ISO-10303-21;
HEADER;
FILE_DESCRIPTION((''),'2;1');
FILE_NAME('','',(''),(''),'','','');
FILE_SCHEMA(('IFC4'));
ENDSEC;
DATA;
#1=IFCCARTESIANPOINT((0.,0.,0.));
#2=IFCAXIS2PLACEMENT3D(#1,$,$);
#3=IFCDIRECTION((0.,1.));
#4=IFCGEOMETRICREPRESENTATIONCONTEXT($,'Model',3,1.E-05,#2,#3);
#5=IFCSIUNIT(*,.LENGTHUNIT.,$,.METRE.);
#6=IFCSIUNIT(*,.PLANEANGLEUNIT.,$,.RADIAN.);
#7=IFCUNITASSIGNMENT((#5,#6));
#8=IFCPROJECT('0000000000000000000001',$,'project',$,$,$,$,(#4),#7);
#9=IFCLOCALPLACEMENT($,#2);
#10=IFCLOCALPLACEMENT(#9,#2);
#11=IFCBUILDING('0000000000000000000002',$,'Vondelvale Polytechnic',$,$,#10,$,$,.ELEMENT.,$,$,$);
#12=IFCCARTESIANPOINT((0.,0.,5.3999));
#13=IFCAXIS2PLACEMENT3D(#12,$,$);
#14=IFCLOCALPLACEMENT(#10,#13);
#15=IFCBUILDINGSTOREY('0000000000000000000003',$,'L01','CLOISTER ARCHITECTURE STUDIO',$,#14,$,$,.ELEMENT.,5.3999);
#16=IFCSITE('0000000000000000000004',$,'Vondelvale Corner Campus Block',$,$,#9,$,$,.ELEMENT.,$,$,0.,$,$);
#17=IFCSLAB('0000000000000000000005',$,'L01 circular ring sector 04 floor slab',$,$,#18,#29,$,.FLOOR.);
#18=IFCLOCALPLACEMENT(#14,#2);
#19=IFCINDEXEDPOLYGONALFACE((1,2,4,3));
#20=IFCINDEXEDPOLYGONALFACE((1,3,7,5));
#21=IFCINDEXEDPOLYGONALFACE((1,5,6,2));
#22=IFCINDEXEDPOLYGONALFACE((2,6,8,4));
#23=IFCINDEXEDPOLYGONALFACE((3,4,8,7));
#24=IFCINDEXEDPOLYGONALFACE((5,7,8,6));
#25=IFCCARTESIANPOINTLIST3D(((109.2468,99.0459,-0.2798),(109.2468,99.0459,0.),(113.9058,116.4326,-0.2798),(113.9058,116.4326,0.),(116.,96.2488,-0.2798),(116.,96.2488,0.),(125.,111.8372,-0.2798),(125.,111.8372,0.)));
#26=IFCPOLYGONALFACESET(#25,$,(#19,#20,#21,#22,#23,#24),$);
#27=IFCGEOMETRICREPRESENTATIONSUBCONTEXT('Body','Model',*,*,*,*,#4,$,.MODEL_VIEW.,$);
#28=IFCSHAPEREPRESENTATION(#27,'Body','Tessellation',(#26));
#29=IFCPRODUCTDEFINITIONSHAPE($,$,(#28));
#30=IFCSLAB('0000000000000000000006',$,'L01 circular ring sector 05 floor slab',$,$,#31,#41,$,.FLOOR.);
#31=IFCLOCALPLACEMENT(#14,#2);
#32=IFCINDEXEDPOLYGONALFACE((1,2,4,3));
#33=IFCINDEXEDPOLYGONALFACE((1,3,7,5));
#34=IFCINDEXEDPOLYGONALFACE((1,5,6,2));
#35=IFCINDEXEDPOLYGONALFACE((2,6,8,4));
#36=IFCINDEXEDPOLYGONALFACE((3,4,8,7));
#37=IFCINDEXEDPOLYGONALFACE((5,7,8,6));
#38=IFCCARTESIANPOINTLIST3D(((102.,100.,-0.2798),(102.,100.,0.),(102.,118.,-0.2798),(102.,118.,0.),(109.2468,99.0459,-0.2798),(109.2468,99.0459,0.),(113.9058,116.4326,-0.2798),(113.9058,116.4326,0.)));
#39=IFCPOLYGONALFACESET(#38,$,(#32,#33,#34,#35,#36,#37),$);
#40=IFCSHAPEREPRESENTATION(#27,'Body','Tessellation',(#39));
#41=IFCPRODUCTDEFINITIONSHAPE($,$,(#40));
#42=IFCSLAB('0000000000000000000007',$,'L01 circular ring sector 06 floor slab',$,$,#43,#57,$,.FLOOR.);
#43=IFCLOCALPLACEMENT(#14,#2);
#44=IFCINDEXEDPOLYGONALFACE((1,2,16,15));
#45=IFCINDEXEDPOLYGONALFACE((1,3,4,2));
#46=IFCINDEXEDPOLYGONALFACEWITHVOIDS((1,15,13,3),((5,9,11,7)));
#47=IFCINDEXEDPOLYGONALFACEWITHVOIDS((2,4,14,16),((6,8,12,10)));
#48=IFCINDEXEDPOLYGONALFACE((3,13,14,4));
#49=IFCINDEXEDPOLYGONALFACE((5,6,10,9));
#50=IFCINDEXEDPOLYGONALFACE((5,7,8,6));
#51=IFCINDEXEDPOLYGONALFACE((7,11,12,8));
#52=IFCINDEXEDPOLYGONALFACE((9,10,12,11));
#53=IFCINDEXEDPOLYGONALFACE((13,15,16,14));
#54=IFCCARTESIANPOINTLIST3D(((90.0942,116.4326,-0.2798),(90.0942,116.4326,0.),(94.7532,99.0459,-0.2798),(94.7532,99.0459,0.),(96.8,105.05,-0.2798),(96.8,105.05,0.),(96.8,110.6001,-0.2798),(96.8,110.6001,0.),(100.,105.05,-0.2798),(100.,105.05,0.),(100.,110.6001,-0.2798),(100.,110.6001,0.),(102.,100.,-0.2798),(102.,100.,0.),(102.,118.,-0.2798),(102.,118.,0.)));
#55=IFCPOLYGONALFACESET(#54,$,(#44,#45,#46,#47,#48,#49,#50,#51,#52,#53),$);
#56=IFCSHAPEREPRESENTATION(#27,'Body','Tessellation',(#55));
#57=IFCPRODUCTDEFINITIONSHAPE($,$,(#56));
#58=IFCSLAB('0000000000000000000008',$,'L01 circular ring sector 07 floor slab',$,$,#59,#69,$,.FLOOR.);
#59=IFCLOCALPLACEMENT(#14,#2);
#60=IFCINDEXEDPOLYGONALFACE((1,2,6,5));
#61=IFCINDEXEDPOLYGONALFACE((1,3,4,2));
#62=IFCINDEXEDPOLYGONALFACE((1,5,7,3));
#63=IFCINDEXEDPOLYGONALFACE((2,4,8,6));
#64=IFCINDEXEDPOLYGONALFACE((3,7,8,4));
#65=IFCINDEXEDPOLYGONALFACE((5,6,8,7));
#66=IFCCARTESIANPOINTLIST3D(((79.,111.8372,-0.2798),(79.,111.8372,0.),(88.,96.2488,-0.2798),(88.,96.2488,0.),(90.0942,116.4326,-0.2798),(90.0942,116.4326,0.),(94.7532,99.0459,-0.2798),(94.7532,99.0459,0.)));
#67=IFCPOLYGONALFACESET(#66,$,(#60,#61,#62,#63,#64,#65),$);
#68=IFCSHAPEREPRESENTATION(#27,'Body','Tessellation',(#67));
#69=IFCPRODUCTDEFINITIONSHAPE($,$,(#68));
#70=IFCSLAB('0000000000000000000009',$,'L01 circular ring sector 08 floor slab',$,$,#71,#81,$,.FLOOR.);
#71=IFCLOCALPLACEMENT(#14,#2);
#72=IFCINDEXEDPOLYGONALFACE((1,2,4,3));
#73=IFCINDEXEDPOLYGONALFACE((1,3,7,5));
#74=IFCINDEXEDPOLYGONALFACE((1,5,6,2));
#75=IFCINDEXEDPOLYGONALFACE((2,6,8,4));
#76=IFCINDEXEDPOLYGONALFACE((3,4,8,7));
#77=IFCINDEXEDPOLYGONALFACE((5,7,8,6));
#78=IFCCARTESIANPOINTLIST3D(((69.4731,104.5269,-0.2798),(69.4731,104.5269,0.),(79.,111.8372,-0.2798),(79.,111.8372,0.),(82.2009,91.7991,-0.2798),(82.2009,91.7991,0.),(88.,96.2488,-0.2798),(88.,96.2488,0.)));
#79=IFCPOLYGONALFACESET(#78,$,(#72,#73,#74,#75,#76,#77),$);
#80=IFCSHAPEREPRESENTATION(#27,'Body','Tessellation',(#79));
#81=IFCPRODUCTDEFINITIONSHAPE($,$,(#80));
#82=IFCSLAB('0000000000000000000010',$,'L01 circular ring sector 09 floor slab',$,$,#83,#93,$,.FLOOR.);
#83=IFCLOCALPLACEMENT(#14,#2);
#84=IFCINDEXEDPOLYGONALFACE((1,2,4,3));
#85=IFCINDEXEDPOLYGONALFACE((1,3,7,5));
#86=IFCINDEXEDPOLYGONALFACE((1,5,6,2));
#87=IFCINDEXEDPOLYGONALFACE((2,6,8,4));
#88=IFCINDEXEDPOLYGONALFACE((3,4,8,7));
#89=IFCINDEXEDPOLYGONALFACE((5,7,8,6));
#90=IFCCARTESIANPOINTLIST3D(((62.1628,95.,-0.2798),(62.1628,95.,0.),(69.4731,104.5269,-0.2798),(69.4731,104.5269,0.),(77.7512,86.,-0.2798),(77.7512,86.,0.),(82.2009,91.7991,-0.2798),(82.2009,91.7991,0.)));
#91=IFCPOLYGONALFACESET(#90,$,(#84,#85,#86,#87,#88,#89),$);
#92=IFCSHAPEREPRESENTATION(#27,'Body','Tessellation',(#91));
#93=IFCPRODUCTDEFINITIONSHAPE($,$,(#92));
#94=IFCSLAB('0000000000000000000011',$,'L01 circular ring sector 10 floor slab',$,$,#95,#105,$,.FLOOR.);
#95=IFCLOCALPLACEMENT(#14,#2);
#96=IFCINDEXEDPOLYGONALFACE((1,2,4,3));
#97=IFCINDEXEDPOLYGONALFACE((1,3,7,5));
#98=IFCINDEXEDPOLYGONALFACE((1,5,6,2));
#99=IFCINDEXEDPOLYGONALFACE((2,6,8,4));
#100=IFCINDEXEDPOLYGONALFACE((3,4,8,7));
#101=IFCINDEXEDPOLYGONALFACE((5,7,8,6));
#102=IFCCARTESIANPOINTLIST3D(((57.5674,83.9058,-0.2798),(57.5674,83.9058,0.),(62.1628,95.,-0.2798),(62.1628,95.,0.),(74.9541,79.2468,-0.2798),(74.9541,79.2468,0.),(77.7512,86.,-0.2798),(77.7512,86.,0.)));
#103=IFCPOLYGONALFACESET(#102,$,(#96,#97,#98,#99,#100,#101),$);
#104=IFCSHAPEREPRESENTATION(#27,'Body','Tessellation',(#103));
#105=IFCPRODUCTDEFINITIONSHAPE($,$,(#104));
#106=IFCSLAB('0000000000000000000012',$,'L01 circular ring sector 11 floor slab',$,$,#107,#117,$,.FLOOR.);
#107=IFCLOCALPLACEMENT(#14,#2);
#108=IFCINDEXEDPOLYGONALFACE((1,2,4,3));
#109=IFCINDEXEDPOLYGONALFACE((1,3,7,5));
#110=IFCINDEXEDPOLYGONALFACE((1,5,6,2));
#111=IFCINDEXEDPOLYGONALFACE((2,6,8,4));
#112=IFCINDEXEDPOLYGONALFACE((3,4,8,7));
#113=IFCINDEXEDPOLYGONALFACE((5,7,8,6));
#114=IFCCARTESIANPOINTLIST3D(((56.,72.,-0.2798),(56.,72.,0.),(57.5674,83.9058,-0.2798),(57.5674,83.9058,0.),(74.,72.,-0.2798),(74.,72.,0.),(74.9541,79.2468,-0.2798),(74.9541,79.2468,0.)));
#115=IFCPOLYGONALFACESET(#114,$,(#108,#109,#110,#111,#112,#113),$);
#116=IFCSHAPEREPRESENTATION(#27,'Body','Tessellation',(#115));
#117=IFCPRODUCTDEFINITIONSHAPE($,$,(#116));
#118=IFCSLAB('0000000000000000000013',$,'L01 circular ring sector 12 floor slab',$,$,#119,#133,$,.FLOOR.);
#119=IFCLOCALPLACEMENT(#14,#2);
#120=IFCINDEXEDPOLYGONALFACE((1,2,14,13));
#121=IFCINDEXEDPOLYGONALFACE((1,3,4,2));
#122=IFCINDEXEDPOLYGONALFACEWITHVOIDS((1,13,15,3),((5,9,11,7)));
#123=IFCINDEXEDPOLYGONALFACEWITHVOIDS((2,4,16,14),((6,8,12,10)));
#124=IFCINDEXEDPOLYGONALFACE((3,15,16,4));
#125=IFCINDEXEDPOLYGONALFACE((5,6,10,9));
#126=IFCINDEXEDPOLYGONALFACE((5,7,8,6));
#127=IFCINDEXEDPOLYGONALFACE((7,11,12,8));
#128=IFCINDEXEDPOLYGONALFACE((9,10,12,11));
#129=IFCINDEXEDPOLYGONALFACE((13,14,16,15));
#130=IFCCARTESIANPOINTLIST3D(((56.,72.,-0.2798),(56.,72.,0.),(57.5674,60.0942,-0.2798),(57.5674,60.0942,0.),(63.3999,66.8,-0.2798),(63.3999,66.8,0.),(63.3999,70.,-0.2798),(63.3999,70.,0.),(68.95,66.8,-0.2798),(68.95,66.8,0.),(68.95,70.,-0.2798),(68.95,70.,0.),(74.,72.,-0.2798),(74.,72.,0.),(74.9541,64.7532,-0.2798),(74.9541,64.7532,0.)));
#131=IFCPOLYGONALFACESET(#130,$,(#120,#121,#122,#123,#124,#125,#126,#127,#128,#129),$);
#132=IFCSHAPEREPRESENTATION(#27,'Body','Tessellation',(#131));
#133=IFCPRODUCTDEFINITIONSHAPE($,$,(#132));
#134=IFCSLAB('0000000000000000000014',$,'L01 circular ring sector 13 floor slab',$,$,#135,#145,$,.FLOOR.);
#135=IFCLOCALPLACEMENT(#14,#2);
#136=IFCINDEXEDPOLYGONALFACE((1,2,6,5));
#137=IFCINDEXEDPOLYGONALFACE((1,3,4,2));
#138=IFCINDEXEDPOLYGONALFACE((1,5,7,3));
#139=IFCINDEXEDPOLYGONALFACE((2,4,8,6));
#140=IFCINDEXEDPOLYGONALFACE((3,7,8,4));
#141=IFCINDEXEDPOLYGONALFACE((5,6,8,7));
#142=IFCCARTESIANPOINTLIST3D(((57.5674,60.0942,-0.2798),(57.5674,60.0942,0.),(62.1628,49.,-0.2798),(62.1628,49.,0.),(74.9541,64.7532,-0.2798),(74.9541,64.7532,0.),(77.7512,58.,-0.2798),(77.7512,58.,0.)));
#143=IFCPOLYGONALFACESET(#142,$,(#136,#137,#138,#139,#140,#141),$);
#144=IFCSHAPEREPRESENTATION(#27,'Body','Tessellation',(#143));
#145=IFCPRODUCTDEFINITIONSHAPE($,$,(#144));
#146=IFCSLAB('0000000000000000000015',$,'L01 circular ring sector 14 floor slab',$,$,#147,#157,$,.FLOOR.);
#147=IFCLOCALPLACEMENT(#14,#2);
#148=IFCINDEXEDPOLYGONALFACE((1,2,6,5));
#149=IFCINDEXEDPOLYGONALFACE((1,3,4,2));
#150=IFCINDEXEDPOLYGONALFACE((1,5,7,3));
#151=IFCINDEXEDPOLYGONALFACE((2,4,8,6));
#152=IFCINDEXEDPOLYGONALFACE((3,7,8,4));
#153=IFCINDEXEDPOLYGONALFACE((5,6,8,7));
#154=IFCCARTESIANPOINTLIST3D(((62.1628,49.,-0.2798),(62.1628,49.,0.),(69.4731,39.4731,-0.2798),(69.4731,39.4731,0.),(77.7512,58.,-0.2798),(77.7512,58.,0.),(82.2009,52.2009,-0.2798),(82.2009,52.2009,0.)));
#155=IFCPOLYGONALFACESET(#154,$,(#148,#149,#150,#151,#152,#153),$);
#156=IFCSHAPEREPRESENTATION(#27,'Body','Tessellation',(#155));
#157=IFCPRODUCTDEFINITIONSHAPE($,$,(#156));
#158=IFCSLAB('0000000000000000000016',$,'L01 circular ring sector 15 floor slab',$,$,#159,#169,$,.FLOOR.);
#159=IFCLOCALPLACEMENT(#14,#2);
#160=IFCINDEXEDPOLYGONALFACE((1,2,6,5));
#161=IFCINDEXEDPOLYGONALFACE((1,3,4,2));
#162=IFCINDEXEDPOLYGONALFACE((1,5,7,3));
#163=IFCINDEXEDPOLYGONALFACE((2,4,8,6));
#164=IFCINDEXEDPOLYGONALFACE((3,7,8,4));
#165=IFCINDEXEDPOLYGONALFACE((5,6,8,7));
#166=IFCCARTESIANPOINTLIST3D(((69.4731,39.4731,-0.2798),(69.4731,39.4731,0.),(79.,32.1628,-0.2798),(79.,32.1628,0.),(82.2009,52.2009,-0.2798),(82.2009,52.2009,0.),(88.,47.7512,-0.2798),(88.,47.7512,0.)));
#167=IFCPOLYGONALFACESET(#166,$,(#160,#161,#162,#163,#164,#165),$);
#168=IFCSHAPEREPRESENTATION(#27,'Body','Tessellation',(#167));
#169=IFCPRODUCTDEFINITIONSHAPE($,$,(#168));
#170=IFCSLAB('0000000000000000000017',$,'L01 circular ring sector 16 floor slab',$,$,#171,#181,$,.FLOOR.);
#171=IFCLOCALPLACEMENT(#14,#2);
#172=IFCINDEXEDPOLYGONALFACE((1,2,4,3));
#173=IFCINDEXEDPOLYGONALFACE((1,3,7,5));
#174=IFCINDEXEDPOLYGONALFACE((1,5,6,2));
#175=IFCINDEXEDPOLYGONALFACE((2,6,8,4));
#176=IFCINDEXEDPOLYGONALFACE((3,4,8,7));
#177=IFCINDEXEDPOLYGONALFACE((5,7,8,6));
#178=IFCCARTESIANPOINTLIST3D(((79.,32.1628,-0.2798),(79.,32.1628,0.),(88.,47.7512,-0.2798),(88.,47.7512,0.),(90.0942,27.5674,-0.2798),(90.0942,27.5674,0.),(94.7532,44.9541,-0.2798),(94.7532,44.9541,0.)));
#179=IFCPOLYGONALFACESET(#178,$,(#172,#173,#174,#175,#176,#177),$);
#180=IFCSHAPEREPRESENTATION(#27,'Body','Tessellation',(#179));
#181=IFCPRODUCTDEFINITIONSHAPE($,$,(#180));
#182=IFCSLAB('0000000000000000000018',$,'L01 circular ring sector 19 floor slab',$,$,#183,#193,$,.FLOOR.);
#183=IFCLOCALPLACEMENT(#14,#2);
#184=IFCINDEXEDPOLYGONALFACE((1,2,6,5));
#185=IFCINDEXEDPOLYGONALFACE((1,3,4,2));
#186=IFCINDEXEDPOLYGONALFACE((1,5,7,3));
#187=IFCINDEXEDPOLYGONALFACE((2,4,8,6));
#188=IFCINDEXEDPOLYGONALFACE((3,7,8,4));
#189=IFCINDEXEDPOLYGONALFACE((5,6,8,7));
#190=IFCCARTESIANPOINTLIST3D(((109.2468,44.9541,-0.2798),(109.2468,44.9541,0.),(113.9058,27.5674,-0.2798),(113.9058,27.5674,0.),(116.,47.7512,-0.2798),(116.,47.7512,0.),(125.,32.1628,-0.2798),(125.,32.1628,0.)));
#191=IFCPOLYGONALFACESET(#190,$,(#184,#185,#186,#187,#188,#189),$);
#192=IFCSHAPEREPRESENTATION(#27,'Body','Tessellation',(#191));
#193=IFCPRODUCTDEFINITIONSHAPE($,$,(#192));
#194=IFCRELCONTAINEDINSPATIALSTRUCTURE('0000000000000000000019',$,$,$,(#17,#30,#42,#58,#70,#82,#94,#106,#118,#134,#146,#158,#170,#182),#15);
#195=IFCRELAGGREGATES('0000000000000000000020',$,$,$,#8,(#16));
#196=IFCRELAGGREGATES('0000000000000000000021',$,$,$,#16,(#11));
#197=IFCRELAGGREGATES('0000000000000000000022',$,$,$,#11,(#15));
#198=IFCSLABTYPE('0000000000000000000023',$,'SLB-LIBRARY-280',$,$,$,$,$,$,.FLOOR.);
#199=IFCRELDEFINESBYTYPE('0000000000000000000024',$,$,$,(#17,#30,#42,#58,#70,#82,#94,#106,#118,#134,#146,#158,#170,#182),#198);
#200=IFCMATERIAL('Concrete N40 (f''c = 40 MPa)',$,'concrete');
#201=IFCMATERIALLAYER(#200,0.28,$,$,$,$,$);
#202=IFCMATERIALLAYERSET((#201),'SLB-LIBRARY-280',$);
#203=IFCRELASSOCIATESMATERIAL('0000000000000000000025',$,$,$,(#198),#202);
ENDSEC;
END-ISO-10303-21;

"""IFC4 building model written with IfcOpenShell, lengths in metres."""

from ifc_helpers import new_model, si_unit, direction, frame, origin, place, context, subcontext, project, spatial, polyline, outline, extrude, material, layer, layer_set, type_object, element, save


model = new_model("IFC4")

# Units and contexts
model_context = context("Model", 3, precision=1e-05, world=origin(), true_north=direction((0.0, 1.0)))
body_context = subcontext(model_context, "Body", "Model", "MODEL_VIEW")
ifc_project = project(units=[si_unit("LENGTHUNIT", "METRE"), si_unit("PLANEANGLEUNIT", "RADIAN")], contexts=[model_context])

# Site, building, storey
site_placement = place(None, origin())
site = spatial("IfcSite", under=ifc_project, at=site_placement, Name="Vondelvale Corner Campus Block", CompositionType="ELEMENT", RefElevation=0.0)
building_placement = place(site_placement, origin())
building = spatial("IfcBuilding", under=site, at=building_placement, Name="Vondelvale Polytechnic", CompositionType="ELEMENT")
storey_placement = place(building_placement, frame((0.0, 0.0, 5.3999)))
storey = spatial("IfcBuildingStorey", under=building, at=storey_placement, Name="L01", Description="CLOISTER ARCHITECTURE STUDIO", CompositionType="ELEMENT", Elevation=5.3999)

# Slabs
ifc_material = material(Name="Concrete N40 (f'c = 40 MPa)", Category="concrete")
ifc_layer_1 = layer(ifc_material, 0.28)
ifc_layer_set_1 = layer_set([ifc_layer_1], Name="SLB-LIBRARY-280")
slab_type_1 = type_object("IfcSlabType", Name="SLB-LIBRARY-280", PredefinedType="FLOOR", material=ifc_layer_set_1)
slab_1_placement = place(storey_placement, frame((0.0, 0.0, -0.2798)))
element("IfcSlab", 1, at=slab_1_placement, inside=storey, type_object=slab_type_1, Name="L01 circular ring sector 04 floor slab", PredefinedType="FLOOR", context=body_context, shape_type="SweptSolid", body=[
    extrude(outline(polyline([(116.0, 96.2488), (125.0, 111.8372), (113.9058, 116.4326), (109.2468, 99.0459), (116.0, 96.2488)])), origin(), (0.0, 0.0, 1.0), 0.2798),
])
slab_2_placement = place(storey_placement, frame((0.0, 0.0, -0.2798)))
element("IfcSlab", 2, at=slab_2_placement, inside=storey, type_object=slab_type_1, Name="L01 circular ring sector 05 floor slab", PredefinedType="FLOOR", context=body_context, shape_type="SweptSolid", body=[
    extrude(outline(polyline([(109.2468, 99.0459), (113.9058, 116.4326), (102.0, 118.0), (102.0, 100.0), (109.2468, 99.0459)])), origin(), (0.0, 0.0, 1.0), 0.2798),
])
slab_3_placement = place(storey_placement, frame((0.0, 0.0, -0.2798)))
element("IfcSlab", 3, at=slab_3_placement, inside=storey, type_object=slab_type_1, Name="L01 circular ring sector 06 floor slab", PredefinedType="FLOOR", context=body_context, shape_type="SweptSolid", body=[
    extrude(outline(polyline([(102.0, 100.0), (102.0, 118.0), (90.0942, 116.4326), (94.7532, 99.0459), (102.0, 100.0)]), holes=[polyline([(100.0, 105.05), (100.0, 110.6001), (96.8, 110.6001), (96.8, 105.05), (100.0, 105.05)])]), origin(), (0.0, 0.0, 1.0), 0.2798),
])
slab_4_placement = place(storey_placement, frame((0.0, 0.0, -0.2798)))
element("IfcSlab", 4, at=slab_4_placement, inside=storey, type_object=slab_type_1, Name="L01 circular ring sector 07 floor slab", PredefinedType="FLOOR", context=body_context, shape_type="SweptSolid", body=[
    extrude(outline(polyline([(94.7532, 99.0459), (90.0942, 116.4326), (79.0, 111.8372), (88.0, 96.2488), (94.7532, 99.0459)])), origin(), (0.0, 0.0, 1.0), 0.2798),
])
slab_5_placement = place(storey_placement, frame((0.0, 0.0, -0.2798)))
element("IfcSlab", 5, at=slab_5_placement, inside=storey, type_object=slab_type_1, Name="L01 circular ring sector 08 floor slab", PredefinedType="FLOOR", context=body_context, shape_type="SweptSolid", body=[
    extrude(outline(polyline([(88.0, 96.2488), (79.0, 111.8372), (69.4731, 104.5269), (82.2009, 91.7991), (88.0, 96.2488)])), origin(), (0.0, 0.0, 1.0), 0.2798),
])
slab_6_placement = place(storey_placement, frame((0.0, 0.0, -0.2798)))
element("IfcSlab", 6, at=slab_6_placement, inside=storey, type_object=slab_type_1, Name="L01 circular ring sector 09 floor slab", PredefinedType="FLOOR", context=body_context, shape_type="SweptSolid", body=[
    extrude(outline(polyline([(82.2009, 91.7991), (69.4731, 104.5269), (62.1628, 95.0), (77.7512, 86.0), (82.2009, 91.7991)])), origin(), (0.0, 0.0, 1.0), 0.2798),
])
slab_7_placement = place(storey_placement, frame((0.0, 0.0, -0.2798)))
element("IfcSlab", 7, at=slab_7_placement, inside=storey, type_object=slab_type_1, Name="L01 circular ring sector 10 floor slab", PredefinedType="FLOOR", context=body_context, shape_type="SweptSolid", body=[
    extrude(outline(polyline([(77.7512, 86.0), (62.1628, 95.0), (57.5674, 83.9058), (74.9541, 79.2468), (77.7512, 86.0)])), origin(), (0.0, 0.0, 1.0), 0.2798),
])
slab_8_placement = place(storey_placement, frame((0.0, 0.0, -0.2798)))
element("IfcSlab", 8, at=slab_8_placement, inside=storey, type_object=slab_type_1, Name="L01 circular ring sector 11 floor slab", PredefinedType="FLOOR", context=body_context, shape_type="SweptSolid", body=[
    extrude(outline(polyline([(74.9541, 79.2468), (57.5674, 83.9058), (56.0, 72.0), (74.0, 72.0), (74.9541, 79.2468)])), origin(), (0.0, 0.0, 1.0), 0.2798),
])
slab_9_placement = place(storey_placement, frame((0.0, 0.0, -0.2798)))
element("IfcSlab", 9, at=slab_9_placement, inside=storey, type_object=slab_type_1, Name="L01 circular ring sector 12 floor slab", PredefinedType="FLOOR", context=body_context, shape_type="SweptSolid", body=[
    extrude(outline(polyline([(74.0, 72.0), (56.0, 72.0), (57.5674, 60.0942), (74.9541, 64.7532), (74.0, 72.0)]), holes=[polyline([(68.95, 70.0), (63.3999, 70.0), (63.3999, 66.8), (68.95, 66.8), (68.95, 70.0)])]), origin(), (0.0, 0.0, 1.0), 0.2798),
])
slab_10_placement = place(storey_placement, frame((0.0, 0.0, -0.2798)))
element("IfcSlab", 10, at=slab_10_placement, inside=storey, type_object=slab_type_1, Name="L01 circular ring sector 13 floor slab", PredefinedType="FLOOR", context=body_context, shape_type="SweptSolid", body=[
    extrude(outline(polyline([(74.9541, 64.7532), (57.5674, 60.0942), (62.1628, 49.0), (77.7512, 58.0), (74.9541, 64.7532)])), origin(), (0.0, 0.0, 1.0), 0.2798),
])
slab_11_placement = place(storey_placement, frame((0.0, 0.0, -0.2798)))
element("IfcSlab", 11, at=slab_11_placement, inside=storey, type_object=slab_type_1, Name="L01 circular ring sector 14 floor slab", PredefinedType="FLOOR", context=body_context, shape_type="SweptSolid", body=[
    extrude(outline(polyline([(77.7512, 58.0), (62.1628, 49.0), (69.4731, 39.4731), (82.2009, 52.2009), (77.7512, 58.0)])), origin(), (0.0, 0.0, 1.0), 0.2798),
])
slab_12_placement = place(storey_placement, frame((0.0, 0.0, -0.2798)))
element("IfcSlab", 12, at=slab_12_placement, inside=storey, type_object=slab_type_1, Name="L01 circular ring sector 15 floor slab", PredefinedType="FLOOR", context=body_context, shape_type="SweptSolid", body=[
    extrude(outline(polyline([(82.2009, 52.2009), (69.4731, 39.4731), (79.0, 32.1628), (88.0, 47.7512), (82.2009, 52.2009)])), origin(), (0.0, 0.0, 1.0), 0.2798),
])
slab_13_placement = place(storey_placement, frame((0.0, 0.0, -0.2798)))
element("IfcSlab", 13, at=slab_13_placement, inside=storey, type_object=slab_type_1, Name="L01 circular ring sector 16 floor slab", PredefinedType="FLOOR", context=body_context, shape_type="SweptSolid", body=[
    extrude(outline(polyline([(88.0, 47.7512), (79.0, 32.1628), (90.0942, 27.5674), (94.7532, 44.9541), (88.0, 47.7512)])), origin(), (0.0, 0.0, 1.0), 0.2798),
])
slab_14_placement = place(storey_placement, frame((0.0, 0.0, -0.2798)))
element("IfcSlab", 14, at=slab_14_placement, inside=storey, type_object=slab_type_1, Name="L01 circular ring sector 19 floor slab", PredefinedType="FLOOR", context=body_context, shape_type="SweptSolid", body=[
    extrude(outline(polyline([(109.2468, 44.9541), (113.9058, 27.5674), (125.0, 32.1628), (116.0, 47.7512), (109.2468, 44.9541)])), origin(), (0.0, 0.0, 1.0), 0.2798),
])

save(model, "model.ifc")
